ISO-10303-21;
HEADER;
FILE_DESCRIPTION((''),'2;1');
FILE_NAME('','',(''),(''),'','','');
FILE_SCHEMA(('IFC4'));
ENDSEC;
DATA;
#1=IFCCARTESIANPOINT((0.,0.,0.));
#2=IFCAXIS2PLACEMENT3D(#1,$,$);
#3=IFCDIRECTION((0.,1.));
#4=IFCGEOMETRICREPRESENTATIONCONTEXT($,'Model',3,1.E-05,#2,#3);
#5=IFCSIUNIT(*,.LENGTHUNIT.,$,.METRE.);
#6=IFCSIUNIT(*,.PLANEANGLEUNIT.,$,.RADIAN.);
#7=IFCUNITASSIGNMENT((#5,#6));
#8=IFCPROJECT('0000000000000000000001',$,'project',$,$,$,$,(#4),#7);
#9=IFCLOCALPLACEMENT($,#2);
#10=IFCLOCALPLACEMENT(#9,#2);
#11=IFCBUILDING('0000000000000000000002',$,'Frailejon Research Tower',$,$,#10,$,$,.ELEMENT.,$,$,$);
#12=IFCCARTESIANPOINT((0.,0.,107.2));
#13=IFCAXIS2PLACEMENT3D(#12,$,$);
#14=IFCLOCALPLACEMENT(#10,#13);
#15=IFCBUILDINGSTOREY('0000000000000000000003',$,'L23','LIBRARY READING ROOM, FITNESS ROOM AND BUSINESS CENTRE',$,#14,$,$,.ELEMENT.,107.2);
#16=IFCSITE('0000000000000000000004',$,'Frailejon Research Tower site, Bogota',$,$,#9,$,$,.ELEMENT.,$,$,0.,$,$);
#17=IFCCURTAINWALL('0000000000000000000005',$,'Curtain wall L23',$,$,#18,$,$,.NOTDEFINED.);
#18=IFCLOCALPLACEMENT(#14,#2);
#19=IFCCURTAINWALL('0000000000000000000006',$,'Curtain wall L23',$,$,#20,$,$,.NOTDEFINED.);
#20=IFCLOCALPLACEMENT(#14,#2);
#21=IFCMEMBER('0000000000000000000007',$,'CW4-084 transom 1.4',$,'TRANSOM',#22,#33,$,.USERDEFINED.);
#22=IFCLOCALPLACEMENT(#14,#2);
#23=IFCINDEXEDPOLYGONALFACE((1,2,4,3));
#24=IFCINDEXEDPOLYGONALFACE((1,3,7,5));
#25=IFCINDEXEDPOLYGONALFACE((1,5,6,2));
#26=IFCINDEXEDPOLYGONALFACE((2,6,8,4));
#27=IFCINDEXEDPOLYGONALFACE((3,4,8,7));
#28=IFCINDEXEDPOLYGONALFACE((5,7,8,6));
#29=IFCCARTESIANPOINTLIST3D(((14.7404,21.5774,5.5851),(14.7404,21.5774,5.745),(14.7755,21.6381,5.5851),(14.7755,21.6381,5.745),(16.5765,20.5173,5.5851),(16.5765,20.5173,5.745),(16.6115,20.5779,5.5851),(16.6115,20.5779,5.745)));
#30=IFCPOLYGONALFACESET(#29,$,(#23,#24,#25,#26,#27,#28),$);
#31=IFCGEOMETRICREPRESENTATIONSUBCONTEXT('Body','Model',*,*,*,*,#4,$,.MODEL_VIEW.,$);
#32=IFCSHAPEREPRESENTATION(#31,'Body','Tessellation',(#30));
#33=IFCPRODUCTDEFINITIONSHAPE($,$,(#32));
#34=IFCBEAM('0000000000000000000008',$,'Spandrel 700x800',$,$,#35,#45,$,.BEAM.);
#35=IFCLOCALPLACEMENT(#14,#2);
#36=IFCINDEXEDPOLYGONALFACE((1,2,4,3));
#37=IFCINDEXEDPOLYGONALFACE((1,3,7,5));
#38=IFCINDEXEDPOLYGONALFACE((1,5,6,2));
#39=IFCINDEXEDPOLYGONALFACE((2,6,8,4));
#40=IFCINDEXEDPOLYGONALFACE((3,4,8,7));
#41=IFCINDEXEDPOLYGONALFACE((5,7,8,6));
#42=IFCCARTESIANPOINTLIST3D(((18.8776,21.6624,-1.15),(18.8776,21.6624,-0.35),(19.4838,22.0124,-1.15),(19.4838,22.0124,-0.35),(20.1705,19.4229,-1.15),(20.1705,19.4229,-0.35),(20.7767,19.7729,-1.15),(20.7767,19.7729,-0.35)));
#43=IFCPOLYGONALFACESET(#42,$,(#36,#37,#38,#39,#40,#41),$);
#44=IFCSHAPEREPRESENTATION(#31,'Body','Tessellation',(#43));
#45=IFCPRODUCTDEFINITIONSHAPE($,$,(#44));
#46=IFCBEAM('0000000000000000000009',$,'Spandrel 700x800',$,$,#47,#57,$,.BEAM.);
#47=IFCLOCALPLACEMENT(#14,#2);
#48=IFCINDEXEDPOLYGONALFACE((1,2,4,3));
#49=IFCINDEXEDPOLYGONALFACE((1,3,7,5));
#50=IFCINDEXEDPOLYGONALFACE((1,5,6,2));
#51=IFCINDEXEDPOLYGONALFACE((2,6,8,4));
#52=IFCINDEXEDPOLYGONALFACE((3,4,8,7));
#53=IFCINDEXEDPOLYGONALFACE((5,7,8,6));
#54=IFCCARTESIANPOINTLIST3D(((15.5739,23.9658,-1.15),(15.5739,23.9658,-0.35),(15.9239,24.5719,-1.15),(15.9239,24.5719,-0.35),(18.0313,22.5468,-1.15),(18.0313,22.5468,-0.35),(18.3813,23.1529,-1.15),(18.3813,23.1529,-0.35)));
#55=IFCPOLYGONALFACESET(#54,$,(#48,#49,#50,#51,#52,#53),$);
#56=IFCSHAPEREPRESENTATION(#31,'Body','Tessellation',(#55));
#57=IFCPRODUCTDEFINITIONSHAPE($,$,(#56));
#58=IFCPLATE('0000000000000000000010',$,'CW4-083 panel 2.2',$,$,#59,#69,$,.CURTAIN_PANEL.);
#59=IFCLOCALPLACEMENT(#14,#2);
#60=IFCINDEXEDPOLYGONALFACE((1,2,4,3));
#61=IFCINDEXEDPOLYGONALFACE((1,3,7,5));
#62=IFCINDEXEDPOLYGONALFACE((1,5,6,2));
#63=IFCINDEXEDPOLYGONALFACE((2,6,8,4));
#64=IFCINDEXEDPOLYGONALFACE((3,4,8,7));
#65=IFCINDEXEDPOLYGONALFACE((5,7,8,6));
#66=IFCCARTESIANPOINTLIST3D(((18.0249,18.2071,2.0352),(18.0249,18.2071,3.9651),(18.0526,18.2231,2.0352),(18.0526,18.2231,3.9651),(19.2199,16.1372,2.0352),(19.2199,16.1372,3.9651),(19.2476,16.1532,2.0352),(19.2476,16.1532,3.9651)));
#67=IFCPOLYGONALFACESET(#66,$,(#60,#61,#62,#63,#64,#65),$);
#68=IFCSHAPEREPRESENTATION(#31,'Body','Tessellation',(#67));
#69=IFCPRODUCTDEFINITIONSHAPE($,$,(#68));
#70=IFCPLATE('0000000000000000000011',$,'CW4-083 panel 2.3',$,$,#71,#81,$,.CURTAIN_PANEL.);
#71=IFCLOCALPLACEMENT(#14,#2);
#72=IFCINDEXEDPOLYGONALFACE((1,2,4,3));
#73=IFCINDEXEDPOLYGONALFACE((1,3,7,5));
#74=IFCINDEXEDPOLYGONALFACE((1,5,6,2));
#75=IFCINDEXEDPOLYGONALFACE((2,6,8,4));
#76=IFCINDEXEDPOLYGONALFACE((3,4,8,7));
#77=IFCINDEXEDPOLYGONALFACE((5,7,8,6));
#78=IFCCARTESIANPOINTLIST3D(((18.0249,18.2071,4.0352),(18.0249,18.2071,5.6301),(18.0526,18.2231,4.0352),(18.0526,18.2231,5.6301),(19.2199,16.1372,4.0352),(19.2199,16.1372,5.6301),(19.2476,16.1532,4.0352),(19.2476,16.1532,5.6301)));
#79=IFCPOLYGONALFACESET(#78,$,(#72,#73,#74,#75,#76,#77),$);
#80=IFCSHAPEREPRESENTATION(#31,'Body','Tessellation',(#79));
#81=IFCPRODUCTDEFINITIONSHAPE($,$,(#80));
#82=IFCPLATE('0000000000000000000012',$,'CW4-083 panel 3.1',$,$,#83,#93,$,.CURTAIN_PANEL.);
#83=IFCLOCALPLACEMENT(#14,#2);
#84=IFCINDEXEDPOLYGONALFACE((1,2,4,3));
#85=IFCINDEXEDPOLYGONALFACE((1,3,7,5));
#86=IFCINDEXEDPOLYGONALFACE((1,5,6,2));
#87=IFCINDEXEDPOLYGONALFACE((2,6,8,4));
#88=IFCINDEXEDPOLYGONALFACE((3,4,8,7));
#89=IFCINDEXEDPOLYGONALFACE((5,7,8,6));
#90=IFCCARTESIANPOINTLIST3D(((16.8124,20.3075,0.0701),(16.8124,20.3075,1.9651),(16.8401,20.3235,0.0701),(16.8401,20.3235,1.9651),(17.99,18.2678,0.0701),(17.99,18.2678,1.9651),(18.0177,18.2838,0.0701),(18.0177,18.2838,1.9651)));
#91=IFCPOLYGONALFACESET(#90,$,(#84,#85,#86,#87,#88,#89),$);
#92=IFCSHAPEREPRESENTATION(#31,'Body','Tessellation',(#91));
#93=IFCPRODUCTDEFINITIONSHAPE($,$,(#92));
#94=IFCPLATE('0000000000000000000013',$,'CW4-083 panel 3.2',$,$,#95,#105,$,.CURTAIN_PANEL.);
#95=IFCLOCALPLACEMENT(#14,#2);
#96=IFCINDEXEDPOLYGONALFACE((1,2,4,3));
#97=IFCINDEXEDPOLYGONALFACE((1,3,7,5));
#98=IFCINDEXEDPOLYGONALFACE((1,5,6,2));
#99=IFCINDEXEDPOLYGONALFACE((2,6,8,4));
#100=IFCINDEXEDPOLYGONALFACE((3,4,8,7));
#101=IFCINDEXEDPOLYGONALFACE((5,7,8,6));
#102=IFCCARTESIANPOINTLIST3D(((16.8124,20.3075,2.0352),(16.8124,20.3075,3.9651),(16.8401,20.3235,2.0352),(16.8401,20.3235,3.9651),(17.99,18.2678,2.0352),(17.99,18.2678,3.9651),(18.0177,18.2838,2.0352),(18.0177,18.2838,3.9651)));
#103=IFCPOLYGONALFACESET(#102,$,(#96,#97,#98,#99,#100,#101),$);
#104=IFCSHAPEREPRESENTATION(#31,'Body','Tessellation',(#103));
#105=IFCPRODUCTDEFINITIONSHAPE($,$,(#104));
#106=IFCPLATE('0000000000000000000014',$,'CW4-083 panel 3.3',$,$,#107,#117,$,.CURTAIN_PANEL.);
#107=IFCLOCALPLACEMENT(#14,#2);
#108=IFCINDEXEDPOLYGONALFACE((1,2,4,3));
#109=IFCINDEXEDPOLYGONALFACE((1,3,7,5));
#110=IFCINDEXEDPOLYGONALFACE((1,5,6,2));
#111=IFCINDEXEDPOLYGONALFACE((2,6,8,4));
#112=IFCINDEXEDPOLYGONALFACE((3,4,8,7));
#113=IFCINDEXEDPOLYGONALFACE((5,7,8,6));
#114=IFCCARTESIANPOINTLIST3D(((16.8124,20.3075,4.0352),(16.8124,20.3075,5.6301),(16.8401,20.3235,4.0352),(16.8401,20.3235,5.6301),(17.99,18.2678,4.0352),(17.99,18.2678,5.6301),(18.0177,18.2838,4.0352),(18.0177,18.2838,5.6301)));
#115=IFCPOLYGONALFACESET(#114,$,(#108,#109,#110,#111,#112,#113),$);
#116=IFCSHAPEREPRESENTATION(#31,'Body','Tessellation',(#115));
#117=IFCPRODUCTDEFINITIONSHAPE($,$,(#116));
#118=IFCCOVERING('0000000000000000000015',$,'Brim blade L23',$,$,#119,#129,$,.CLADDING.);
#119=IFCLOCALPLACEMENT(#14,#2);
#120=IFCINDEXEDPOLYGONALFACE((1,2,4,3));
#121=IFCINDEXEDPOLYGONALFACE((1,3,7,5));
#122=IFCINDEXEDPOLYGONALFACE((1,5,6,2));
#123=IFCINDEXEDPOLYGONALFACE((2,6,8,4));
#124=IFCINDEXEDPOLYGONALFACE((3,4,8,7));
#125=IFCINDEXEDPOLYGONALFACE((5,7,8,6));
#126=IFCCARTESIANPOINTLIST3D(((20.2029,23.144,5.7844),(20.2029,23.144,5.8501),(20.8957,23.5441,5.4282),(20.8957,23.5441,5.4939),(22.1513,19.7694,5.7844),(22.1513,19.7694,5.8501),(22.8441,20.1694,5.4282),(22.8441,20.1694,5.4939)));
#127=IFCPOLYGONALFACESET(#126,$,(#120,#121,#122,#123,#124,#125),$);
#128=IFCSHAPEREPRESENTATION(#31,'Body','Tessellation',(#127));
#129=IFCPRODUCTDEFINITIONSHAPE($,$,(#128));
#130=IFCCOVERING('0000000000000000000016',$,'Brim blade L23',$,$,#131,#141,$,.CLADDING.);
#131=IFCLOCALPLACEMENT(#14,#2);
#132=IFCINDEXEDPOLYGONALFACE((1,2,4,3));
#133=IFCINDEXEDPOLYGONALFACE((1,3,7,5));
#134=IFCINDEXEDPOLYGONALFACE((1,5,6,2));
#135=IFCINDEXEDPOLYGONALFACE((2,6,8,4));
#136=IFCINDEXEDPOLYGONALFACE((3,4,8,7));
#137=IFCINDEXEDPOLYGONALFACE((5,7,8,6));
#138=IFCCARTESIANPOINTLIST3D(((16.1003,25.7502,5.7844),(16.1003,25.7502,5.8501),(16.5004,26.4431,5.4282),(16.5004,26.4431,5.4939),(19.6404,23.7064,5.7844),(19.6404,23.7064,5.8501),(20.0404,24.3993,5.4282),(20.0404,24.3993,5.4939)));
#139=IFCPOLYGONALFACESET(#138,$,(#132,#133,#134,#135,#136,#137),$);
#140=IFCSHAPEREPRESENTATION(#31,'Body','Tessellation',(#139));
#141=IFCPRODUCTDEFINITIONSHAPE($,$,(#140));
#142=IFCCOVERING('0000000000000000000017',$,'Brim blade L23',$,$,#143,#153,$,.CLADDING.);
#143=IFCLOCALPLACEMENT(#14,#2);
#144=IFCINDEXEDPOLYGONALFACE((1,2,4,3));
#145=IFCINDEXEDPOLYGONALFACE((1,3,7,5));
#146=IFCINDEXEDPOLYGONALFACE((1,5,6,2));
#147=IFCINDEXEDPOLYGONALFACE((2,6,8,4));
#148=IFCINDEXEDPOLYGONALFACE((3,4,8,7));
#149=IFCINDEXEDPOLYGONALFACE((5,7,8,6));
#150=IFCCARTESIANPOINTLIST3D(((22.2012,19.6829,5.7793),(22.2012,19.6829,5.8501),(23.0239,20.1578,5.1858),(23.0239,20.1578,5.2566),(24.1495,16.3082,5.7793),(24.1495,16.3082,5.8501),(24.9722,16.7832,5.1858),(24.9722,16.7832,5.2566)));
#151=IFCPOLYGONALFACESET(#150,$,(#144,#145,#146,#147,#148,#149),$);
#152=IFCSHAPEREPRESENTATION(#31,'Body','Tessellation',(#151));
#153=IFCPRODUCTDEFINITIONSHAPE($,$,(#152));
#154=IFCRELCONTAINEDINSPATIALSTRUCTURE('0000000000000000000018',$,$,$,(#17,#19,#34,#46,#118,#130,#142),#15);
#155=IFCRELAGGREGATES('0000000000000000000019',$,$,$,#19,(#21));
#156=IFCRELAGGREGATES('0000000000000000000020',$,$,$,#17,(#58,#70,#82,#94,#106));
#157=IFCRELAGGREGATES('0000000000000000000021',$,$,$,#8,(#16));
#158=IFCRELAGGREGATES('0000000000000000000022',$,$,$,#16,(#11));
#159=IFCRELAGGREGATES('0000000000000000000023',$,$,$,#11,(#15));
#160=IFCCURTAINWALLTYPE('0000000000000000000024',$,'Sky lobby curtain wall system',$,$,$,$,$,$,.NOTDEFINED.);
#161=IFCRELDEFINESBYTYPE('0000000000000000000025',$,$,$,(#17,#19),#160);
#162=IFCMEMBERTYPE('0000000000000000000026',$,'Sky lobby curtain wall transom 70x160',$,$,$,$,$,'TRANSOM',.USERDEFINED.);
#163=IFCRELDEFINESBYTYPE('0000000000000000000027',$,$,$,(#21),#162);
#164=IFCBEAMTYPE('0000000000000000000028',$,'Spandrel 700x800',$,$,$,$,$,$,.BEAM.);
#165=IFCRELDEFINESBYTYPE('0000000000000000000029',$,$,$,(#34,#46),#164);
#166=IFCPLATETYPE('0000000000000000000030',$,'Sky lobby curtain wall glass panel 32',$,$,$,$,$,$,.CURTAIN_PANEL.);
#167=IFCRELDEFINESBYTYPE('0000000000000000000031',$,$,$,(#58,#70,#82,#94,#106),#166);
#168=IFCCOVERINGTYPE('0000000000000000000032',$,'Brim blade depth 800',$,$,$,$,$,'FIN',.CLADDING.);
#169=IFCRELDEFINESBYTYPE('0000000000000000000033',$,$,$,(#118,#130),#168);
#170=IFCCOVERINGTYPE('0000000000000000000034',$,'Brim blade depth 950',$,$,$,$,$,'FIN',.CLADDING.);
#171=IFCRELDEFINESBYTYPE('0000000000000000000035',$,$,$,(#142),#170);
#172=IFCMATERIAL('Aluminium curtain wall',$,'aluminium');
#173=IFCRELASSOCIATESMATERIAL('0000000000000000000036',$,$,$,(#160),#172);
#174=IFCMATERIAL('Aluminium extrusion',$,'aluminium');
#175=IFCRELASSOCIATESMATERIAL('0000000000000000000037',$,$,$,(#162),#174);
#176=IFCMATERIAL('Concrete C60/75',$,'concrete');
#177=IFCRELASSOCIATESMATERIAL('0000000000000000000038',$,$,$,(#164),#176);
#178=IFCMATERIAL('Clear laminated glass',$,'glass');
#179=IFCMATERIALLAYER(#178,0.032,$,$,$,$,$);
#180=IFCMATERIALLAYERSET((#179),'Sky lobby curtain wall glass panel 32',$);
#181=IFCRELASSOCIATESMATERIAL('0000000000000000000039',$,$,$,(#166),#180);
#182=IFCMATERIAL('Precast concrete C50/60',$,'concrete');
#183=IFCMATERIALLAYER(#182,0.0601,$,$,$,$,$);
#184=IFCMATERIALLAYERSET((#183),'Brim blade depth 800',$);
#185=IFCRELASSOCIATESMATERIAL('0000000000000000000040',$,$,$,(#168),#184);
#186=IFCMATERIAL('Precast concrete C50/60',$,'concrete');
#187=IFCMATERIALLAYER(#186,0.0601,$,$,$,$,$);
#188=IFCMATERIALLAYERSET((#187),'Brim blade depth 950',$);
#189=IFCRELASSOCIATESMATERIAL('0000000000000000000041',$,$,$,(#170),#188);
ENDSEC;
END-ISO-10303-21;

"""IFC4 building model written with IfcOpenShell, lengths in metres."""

from ifc_helpers import new_model, si_unit, direction, frame, origin, origin_2d, place, context, subcontext, project, spatial, polyline, rectangle, outline, extrude, material, layer, layer_set, material_profile, profile_set, type_object, element, aggregate, save


model = new_model("IFC4")

# Units and contexts
model_context = context("Model", 3, precision=1e-05, world=origin(), true_north=direction((0.0, 1.0)))
body_context = subcontext(model_context, "Body", "Model", "MODEL_VIEW")
ifc_project = project(units=[si_unit("LENGTHUNIT", "METRE"), si_unit("PLANEANGLEUNIT", "RADIAN")], contexts=[model_context])

# Site, building, storey
site_placement = place(None, origin())
site = spatial("IfcSite", under=ifc_project, at=site_placement, Name="Frailejon Research Tower site, Bogota", CompositionType="ELEMENT", RefElevation=0.0)
building_placement = place(site_placement, origin())
building = spatial("IfcBuilding", under=site, at=building_placement, Name="Frailejon Research Tower", CompositionType="ELEMENT")
storey_placement = place(building_placement, frame((0.0, 0.0, 107.2)))
storey = spatial("IfcBuildingStorey", under=building, at=storey_placement, Name="L23", Description="LIBRARY READING ROOM, FITNESS ROOM AND BUSINESS CENTRE", CompositionType="ELEMENT", Elevation=107.2)

# Curtain wall
ifc_material_1 = material(Name="Aluminium curtain wall", Category="aluminium")
curtain_wall_type = type_object("IfcCurtainWallType", Name="Sky lobby curtain wall system", PredefinedType="NOTDEFINED", material=ifc_material_1)
curtain_wall_1_placement = place(storey_placement, origin())
curtain_wall_1 = element("IfcCurtainWall", 1, at=curtain_wall_1_placement, inside=storey, type_object=curtain_wall_type, Name="Curtain wall L23", PredefinedType="NOTDEFINED")

# Curtain wall
curtain_wall_2_placement = place(storey_placement, origin())
curtain_wall_2 = element("IfcCurtainWall", 2, at=curtain_wall_2_placement, inside=storey, type_object=curtain_wall_type, Name="Curtain wall L23", PredefinedType="NOTDEFINED")

# Member
ifc_material_2 = material(Name="Aluminium extrusion", Category="aluminium")
ifc_material_profile_1 = material_profile(ifc_material_2, rectangle(XDim=0.0701, YDim=0.1599, at=origin_2d()), Name="Sky lobby curtain wall transom 70x160")
ifc_profile_set_1 = profile_set([ifc_material_profile_1], Name="Aluminium extrusion")
member_type_1 = type_object("IfcMemberType", Name="Sky lobby curtain wall transom 70x160", ElementType="TRANSOM", PredefinedType="USERDEFINED", material=ifc_profile_set_1)
member_1_placement = place(storey_placement, frame((16.594, 20.5476, 5.665), z_axis=(-0.866009, 0.500028, 0.0), x_axis=(-0.500028, -0.866009, 0.0)))
member_1 = element("IfcMember", 3, at=member_1_placement, type_object=member_type_1, Name="CW4-084 transom 1.4", ObjectType="TRANSOM", PredefinedType="USERDEFINED", context=body_context, shape_type="SweptSolid", body=[
    extrude(rectangle(XDim=0.0701, YDim=0.1599, at=origin_2d()), origin(), (0.0, 0.0, 1.0), 2.1201),
])
aggregate(curtain_wall_2, [member_1])

# Beams
ifc_material_3 = material(Name="Concrete C60/75", Category="concrete")
ifc_material_profile_2 = material_profile(ifc_material_3, rectangle(XDim=0.7, YDim=0.8, at=origin_2d()), Name="Spandrel 700x800")
ifc_profile_set_2 = profile_set([ifc_material_profile_2], Name="Concrete C60/75")
beam_type_1 = type_object("IfcBeamType", Name="Spandrel 700x800", PredefinedType="BEAM", material=ifc_profile_set_2)
beam_1_placement = place(storey_placement, frame((20.4736, 19.5979, -0.75), z_axis=(-0.499998, 0.866027, 0.0), x_axis=(-0.866027, -0.499998, 0.0)))
element("IfcBeam", 4, at=beam_1_placement, inside=storey, type_object=beam_type_1, Name="Spandrel 700x800", PredefinedType="BEAM", context=body_context, shape_type="SweptSolid", body=[
    extrude(rectangle(XDim=0.7, YDim=0.8, at=origin_2d()), origin(), (0.0, 0.0, 1.0), 2.5859),
])
beam_2_placement = place(storey_placement, frame((18.2063, 22.8499, -0.75), z_axis=(-0.865989, 0.500063, 0.0), x_axis=(-0.500063, -0.865989, 0.0)))
element("IfcBeam", 5, at=beam_2_placement, inside=storey, type_object=beam_type_1, Name="Spandrel 700x800", PredefinedType="BEAM", context=body_context, shape_type="SweptSolid", body=[
    extrude(rectangle(XDim=0.7, YDim=0.8, at=origin_2d()), origin(), (0.0, 0.0, 1.0), 2.8376),
])

# Plates
ifc_material_4 = material(Name="Clear laminated glass", Category="glass")
ifc_layer_1 = layer(ifc_material_4, 0.032)
ifc_layer_set_1 = layer_set([ifc_layer_1], Name="Sky lobby curtain wall glass panel 32")
plate_type = type_object("IfcPlateType", Name="Sky lobby curtain wall glass panel 32", PredefinedType="CURTAIN_PANEL", material=ifc_layer_set_1)
plate_1_placement = place(storey_placement, frame((18.6362, 17.1802, 2.0352), z_axis=(0.0, 0.0, 1.0), x_axis=(-0.499995, 0.866028, 0.0)))
plate_1 = element("IfcPlate", 6, at=plate_1_placement, type_object=plate_type, Name="CW4-083 panel 2.2", PredefinedType="CURTAIN_PANEL", context=body_context, shape_type="SweptSolid", body=[
    extrude(rectangle(XDim=2.3901, YDim=0.032, at=origin_2d()), origin(), (0.0, 0.0, 1.0), 1.9299),
])
plate_2_placement = place(storey_placement, frame((18.6362, 17.1802, 4.0352), z_axis=(0.0, 0.0, 1.0), x_axis=(-0.499995, 0.866028, 0.0)))
plate_2 = element("IfcPlate", 7, at=plate_2_placement, type_object=plate_type, Name="CW4-083 panel 2.3", PredefinedType="CURTAIN_PANEL", context=body_context, shape_type="SweptSolid", body=[
    extrude(rectangle(XDim=2.3901, YDim=0.032, at=origin_2d()), origin(), (0.0, 0.0, 1.0), 1.595),
])
plate_3_placement = place(storey_placement, frame((17.415, 19.2957, 0.0701), z_axis=(0.0, 0.0, 1.0), x_axis=(-0.499995, 0.866028, 0.0)))
plate_3 = element("IfcPlate", 8, at=plate_3_placement, type_object=plate_type, Name="CW4-083 panel 3.1", PredefinedType="CURTAIN_PANEL", context=body_context, shape_type="SweptSolid", body=[
    extrude(rectangle(XDim=2.3552, YDim=0.032, at=origin_2d()), origin(), (0.0, 0.0, 1.0), 1.895),
])
plate_4_placement = place(storey_placement, frame((17.415, 19.2957, 2.0352), z_axis=(0.0, 0.0, 1.0), x_axis=(-0.499995, 0.866028, 0.0)))
plate_4 = element("IfcPlate", 9, at=plate_4_placement, type_object=plate_type, Name="CW4-083 panel 3.2", PredefinedType="CURTAIN_PANEL", context=body_context, shape_type="SweptSolid", body=[
    extrude(rectangle(XDim=2.3552, YDim=0.032, at=origin_2d()), origin(), (0.0, 0.0, 1.0), 1.9299),
])
plate_5_placement = place(storey_placement, frame((17.415, 19.2957, 4.0352), z_axis=(0.0, 0.0, 1.0), x_axis=(-0.499995, 0.866028, 0.0)))
plate_5 = element("IfcPlate", 10, at=plate_5_placement, type_object=plate_type, Name="CW4-083 panel 3.3", PredefinedType="CURTAIN_PANEL", context=body_context, shape_type="SweptSolid", body=[
    extrude(rectangle(XDim=2.3552, YDim=0.032, at=origin_2d()), origin(), (0.0, 0.0, 1.0), 1.595),
])
aggregate(curtain_wall_1, [plate_1, plate_2, plate_3, plate_4, plate_5])

# Coverings
ifc_material_5 = material(Name="Precast concrete C50/60", Category="concrete")
ifc_layer_2 = layer(ifc_material_5, 0.0601)
ifc_layer_set_2 = layer_set([ifc_layer_2], Name="Brim blade depth 800")
covering_type_1 = type_object("IfcCoveringType", Name="Brim blade depth 800", ElementType="FIN", PredefinedType="CLADDING", material=ifc_layer_set_2)
covering_1_placement = place(storey_placement, frame((20.2029, 23.144, 5.8501), z_axis=(0.500003, -0.866024, 0.0), x_axis=(0.866024, 0.500003, 0.0)))
element("IfcCovering", 11, at=covering_1_placement, inside=storey, type_object=covering_type_1, Name="Brim blade L23", PredefinedType="CLADDING", context=body_context, shape_type="SweptSolid", body=[
    extrude(outline(polyline([(0.0, -0.0657), (0.8, -0.4219), (0.8, -0.3562), (0.0, 0.0), (0.0, -0.0657)])), origin(), (0.0, 0.0, 1.0), 3.8967),
])
covering_2_placement = place(storey_placement, frame((16.1003, 25.7502, 5.8501), z_axis=(0.866027, -0.499997, 0.0), x_axis=(0.499997, 0.866027, 0.0)))
element("IfcCovering", 12, at=covering_2_placement, inside=storey, type_object=covering_type_1, Name="Brim blade L23", PredefinedType="CLADDING", context=body_context, shape_type="SweptSolid", body=[
    extrude(outline(polyline([(0.0, -0.0657), (0.8, -0.4219), (0.8, -0.3562), (0.0, 0.0), (0.0, -0.0657)])), origin(), (0.0, 0.0, 1.0), 4.0876),
])
ifc_material_6 = material(Name="Precast concrete C50/60", Category="concrete")
ifc_layer_3 = layer(ifc_material_6, 0.0601)
ifc_layer_set_3 = layer_set([ifc_layer_3], Name="Brim blade depth 950")
covering_type_2 = type_object("IfcCoveringType", Name="Brim blade depth 950", ElementType="FIN", PredefinedType="CLADDING", material=ifc_layer_set_3)
covering_3_placement = place(storey_placement, frame((22.2012, 19.6829, 5.8501), z_axis=(0.500003, -0.866024, 0.0), x_axis=(0.866024, 0.500003, 0.0)))
element("IfcCovering", 13, at=covering_3_placement, inside=storey, type_object=covering_type_2, Name="Brim blade L23", PredefinedType="CLADDING", context=body_context, shape_type="SweptSolid", body=[
    extrude(outline(polyline([(0.0, -0.0708), (0.95, -0.6643), (0.95, -0.5935), (0.0, 0.0), (0.0, -0.0708)])), origin(), (0.0, 0.0, 1.0), 3.8967),
])

save(model, "model.ifc")
